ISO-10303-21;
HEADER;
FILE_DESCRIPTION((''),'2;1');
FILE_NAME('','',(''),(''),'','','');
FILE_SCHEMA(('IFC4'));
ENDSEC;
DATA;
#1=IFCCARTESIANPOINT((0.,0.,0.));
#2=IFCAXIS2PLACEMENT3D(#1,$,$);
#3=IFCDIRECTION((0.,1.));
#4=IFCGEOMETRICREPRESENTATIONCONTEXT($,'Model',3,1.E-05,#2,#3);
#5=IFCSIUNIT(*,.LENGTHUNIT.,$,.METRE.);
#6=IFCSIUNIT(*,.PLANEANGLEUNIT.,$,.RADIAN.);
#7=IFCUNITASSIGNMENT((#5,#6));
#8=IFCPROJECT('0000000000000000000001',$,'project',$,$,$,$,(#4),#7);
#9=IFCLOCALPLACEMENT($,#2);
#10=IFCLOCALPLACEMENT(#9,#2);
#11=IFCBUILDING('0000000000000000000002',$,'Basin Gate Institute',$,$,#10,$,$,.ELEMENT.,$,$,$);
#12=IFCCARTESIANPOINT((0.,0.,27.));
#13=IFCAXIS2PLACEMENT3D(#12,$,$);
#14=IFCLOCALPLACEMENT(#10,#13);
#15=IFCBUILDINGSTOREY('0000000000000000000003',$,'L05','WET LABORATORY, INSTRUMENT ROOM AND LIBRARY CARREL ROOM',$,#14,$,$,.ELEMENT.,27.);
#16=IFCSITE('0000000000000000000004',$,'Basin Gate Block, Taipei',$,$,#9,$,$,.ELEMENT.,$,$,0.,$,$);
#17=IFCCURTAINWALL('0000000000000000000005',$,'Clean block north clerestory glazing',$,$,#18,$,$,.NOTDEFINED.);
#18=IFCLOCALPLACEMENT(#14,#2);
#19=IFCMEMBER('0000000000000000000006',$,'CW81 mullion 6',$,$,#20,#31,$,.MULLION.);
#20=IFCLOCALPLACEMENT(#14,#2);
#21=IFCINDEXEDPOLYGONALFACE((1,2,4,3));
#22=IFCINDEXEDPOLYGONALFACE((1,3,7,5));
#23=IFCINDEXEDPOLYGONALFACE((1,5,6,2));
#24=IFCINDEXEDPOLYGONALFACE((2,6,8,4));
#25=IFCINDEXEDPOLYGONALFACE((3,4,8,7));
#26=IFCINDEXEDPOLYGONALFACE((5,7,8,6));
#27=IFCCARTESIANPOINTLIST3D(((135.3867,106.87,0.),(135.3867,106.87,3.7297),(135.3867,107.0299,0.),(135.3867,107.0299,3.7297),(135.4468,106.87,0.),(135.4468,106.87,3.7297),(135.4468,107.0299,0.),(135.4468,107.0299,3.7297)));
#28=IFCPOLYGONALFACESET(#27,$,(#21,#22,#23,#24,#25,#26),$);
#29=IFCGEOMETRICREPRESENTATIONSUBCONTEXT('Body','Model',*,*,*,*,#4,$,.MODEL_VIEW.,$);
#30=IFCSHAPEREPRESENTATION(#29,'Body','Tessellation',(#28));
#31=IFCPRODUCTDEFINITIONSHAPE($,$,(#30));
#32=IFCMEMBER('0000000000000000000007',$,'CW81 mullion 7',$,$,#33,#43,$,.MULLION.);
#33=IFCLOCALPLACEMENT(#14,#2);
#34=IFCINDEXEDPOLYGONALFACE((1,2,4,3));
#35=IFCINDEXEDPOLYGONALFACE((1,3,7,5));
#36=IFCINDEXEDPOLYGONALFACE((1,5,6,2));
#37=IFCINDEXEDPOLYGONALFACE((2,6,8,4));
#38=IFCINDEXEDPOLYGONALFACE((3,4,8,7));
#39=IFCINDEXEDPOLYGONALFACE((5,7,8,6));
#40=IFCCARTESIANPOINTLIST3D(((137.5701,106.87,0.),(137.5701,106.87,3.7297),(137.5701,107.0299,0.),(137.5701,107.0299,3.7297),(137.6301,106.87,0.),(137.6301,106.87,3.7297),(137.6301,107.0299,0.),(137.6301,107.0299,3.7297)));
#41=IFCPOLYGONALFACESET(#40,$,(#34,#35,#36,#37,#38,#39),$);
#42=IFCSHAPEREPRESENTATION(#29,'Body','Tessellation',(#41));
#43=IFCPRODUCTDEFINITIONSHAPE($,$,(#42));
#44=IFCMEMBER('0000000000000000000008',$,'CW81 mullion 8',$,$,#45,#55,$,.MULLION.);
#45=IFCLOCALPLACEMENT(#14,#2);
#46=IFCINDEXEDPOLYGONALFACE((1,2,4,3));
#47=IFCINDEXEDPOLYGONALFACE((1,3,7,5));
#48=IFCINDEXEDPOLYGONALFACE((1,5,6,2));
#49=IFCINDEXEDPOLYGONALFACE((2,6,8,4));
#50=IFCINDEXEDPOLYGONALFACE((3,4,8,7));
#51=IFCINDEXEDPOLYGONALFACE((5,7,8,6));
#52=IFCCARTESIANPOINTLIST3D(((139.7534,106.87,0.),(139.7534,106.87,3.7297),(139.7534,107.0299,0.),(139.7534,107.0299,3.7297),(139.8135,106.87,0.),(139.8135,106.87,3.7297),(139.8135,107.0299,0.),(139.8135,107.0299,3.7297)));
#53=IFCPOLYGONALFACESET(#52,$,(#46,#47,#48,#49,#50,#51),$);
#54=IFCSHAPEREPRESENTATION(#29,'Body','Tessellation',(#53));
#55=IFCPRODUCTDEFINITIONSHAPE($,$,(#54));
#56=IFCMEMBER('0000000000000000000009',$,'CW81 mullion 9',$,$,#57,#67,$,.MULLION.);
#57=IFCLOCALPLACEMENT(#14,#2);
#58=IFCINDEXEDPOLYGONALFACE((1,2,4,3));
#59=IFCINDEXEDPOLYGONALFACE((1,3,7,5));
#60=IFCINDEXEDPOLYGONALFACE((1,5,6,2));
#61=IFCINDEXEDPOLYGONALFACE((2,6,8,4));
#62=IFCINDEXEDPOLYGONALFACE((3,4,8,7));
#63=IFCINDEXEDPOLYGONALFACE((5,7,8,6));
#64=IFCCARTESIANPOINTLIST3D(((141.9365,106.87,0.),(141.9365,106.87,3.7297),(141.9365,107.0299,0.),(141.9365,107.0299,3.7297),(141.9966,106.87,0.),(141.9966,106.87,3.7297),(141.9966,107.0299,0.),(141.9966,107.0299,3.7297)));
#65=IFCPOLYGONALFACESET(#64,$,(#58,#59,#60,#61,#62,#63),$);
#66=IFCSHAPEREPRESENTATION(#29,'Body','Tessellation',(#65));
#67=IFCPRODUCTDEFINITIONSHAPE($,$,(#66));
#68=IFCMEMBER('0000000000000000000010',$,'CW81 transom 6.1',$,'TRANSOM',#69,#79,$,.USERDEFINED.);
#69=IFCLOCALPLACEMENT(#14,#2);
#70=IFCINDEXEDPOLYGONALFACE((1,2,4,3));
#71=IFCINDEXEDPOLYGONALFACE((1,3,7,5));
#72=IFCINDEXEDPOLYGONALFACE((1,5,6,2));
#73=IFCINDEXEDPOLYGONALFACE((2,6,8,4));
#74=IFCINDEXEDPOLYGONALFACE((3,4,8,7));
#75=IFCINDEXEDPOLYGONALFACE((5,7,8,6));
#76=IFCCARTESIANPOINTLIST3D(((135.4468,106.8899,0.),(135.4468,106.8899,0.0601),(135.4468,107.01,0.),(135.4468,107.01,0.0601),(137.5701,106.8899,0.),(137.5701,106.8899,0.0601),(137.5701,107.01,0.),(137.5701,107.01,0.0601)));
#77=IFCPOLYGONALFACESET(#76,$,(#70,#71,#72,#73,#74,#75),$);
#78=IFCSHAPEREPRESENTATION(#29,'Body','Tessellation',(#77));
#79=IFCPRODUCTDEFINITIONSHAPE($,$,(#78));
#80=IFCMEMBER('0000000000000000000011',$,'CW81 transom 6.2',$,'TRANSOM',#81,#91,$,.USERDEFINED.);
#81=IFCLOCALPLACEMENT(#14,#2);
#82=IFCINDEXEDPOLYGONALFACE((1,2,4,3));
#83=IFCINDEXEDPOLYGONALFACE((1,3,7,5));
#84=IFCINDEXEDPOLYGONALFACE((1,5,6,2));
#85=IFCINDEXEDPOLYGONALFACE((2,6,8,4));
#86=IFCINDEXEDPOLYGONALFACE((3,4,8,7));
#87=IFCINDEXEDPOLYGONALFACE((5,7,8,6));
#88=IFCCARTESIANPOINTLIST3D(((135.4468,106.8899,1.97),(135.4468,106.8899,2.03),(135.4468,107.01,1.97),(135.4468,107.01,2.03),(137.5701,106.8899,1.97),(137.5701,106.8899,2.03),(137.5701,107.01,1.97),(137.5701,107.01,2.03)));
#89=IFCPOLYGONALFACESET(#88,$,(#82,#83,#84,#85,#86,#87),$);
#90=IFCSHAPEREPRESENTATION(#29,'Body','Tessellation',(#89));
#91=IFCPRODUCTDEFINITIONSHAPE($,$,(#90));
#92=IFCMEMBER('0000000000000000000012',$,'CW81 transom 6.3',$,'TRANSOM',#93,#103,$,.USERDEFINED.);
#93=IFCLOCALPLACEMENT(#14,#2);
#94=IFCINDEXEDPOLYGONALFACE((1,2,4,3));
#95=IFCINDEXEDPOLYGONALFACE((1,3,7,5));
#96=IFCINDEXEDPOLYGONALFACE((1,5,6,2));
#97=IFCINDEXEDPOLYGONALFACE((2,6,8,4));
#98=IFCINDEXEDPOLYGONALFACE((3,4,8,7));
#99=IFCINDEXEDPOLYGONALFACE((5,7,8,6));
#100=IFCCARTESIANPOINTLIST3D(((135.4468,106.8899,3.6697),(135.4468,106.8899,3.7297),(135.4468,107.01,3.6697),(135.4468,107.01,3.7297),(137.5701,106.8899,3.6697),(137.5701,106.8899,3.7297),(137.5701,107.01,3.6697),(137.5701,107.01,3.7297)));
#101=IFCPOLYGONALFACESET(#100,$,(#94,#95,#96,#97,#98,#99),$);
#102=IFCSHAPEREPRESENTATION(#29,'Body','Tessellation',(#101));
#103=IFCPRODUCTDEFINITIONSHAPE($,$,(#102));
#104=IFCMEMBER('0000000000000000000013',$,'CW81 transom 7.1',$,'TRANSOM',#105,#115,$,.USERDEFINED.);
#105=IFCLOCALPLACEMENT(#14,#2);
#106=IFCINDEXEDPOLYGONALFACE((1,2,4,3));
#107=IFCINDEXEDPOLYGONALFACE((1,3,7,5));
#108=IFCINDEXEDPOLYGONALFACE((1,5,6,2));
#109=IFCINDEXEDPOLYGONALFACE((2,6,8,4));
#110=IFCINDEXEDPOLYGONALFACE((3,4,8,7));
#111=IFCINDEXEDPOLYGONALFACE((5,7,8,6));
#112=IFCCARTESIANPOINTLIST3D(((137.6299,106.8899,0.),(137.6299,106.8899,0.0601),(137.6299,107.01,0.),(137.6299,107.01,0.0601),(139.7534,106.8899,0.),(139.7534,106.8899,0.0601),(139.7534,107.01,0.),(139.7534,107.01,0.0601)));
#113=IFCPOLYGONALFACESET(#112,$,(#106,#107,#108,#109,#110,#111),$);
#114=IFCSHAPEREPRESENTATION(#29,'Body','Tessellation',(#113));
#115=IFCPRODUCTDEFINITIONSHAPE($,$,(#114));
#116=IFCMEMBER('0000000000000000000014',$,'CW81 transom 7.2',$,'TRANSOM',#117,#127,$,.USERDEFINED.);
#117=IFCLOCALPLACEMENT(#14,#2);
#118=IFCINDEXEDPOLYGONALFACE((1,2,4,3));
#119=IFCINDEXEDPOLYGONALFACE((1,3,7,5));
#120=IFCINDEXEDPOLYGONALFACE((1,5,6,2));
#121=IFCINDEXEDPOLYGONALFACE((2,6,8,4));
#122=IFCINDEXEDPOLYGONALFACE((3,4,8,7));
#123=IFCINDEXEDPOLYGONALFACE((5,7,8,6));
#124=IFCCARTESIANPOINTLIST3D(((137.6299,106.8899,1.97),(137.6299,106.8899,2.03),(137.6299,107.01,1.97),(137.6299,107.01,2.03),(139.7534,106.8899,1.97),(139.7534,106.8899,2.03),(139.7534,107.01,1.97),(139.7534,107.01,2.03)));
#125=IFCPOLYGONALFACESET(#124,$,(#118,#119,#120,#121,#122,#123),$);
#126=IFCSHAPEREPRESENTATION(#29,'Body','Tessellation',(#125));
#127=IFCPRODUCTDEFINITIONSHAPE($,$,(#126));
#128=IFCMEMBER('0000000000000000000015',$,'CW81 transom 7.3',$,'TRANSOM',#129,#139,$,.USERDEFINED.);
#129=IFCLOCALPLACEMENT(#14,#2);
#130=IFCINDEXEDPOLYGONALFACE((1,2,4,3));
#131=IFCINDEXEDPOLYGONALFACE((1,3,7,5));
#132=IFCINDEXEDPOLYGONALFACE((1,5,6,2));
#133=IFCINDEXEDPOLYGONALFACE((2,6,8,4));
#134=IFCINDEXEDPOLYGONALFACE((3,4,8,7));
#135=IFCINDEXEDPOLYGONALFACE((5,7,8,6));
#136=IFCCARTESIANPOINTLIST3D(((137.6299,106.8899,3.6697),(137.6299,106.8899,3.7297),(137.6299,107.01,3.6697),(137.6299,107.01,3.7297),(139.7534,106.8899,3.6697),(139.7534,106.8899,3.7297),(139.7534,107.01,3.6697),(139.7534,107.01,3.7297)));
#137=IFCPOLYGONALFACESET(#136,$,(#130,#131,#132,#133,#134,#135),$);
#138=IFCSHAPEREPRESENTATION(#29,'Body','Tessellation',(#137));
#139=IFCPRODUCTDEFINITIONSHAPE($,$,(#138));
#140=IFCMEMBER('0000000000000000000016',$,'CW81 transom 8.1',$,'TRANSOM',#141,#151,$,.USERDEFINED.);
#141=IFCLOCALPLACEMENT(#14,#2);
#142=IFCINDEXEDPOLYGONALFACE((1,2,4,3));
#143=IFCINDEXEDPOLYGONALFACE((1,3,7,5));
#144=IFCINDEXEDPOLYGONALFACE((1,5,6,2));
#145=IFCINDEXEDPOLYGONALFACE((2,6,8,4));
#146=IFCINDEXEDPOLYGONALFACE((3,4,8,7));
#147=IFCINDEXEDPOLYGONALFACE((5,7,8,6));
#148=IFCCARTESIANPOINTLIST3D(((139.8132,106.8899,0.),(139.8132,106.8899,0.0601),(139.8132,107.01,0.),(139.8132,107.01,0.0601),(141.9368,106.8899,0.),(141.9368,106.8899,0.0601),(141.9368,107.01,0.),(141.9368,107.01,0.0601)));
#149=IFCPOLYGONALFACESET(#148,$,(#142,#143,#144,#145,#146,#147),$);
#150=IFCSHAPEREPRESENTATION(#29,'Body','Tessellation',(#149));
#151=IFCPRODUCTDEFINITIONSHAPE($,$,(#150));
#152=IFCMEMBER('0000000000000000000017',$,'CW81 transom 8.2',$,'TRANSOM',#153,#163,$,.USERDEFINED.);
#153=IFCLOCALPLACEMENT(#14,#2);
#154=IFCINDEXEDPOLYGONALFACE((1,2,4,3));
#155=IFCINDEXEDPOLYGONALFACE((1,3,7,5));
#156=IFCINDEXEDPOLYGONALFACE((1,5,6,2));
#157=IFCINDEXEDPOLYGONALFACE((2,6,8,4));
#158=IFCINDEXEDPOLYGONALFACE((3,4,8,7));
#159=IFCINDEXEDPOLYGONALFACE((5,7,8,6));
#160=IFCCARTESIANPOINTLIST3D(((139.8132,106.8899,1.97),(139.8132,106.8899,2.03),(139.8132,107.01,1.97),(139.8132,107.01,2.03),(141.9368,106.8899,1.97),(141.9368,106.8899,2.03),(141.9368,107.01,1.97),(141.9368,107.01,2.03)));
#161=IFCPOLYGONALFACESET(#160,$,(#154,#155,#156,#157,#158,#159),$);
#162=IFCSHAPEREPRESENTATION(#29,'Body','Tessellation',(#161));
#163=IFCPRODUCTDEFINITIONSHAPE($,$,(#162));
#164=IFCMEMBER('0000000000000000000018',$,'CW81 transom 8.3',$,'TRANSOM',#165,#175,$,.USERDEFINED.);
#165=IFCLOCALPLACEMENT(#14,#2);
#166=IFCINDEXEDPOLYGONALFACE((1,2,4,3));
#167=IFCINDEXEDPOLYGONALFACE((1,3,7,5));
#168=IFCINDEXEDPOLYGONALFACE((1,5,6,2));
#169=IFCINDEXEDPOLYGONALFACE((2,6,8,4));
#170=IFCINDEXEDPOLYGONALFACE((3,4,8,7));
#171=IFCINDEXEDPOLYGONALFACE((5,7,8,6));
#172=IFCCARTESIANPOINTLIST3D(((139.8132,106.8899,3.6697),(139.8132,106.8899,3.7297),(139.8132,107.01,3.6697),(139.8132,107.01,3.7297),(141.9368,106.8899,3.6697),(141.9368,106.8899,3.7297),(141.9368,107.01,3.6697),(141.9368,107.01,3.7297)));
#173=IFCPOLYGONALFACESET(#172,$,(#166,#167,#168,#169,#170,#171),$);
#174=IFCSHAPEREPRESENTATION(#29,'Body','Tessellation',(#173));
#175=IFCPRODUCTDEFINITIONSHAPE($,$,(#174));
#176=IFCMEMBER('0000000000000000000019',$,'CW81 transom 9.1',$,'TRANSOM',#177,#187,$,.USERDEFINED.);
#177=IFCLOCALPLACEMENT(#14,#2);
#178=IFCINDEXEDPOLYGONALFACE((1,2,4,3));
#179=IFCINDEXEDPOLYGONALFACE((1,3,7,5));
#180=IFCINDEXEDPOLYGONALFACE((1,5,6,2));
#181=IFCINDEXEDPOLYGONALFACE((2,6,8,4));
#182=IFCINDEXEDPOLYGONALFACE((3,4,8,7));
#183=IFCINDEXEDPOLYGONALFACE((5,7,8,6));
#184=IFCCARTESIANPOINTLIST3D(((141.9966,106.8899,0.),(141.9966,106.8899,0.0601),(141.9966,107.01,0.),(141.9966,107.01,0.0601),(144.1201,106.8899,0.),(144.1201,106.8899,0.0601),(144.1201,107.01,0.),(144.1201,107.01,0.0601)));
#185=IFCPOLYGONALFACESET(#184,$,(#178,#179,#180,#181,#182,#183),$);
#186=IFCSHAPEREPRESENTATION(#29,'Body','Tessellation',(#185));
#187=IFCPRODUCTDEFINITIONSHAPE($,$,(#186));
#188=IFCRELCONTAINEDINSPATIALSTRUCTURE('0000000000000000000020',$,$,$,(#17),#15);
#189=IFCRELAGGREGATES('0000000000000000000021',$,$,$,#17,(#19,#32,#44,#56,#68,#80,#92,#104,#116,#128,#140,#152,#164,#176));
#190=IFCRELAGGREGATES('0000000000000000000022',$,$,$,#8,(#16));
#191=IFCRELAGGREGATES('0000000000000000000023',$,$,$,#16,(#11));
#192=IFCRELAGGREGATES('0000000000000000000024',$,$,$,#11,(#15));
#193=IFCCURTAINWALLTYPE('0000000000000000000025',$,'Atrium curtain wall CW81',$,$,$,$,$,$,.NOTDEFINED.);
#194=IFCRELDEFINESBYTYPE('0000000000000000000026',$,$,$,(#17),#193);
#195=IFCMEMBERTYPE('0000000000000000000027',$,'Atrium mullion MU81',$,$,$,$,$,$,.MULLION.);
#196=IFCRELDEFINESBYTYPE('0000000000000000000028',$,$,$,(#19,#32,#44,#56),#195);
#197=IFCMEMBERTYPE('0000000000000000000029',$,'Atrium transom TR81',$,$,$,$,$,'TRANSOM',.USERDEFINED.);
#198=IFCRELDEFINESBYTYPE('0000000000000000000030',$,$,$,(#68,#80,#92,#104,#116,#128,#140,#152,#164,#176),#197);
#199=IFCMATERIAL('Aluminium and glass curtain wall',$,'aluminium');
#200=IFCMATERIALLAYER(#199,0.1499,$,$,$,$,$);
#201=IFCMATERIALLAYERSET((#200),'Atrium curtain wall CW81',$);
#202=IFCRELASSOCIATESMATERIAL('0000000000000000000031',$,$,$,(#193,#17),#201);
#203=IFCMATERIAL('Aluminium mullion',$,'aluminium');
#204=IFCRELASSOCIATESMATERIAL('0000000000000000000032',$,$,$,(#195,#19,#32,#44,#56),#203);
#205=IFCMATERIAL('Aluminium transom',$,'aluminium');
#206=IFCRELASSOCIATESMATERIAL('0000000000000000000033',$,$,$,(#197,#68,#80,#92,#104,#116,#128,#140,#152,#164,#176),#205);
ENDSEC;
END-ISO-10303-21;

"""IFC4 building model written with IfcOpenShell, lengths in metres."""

from ifc_helpers import new_model, si_unit, direction, frame, origin, origin_2d, place, context, subcontext, project, spatial, rectangle, extrude, material, layer, layer_set, material_profile, profile_set, type_object, element, aggregate, save


model = new_model("IFC4")

# Units and contexts
model_context = context("Model", 3, precision=1e-05, world=origin(), true_north=direction((0.0, 1.0)))
body_context = subcontext(model_context, "Body", "Model", "MODEL_VIEW")
ifc_project = project(units=[si_unit("LENGTHUNIT", "METRE"), si_unit("PLANEANGLEUNIT", "RADIAN")], contexts=[model_context])

# Site, building, storey
site_placement = place(None, origin())
site = spatial("IfcSite", under=ifc_project, at=site_placement, Name="Basin Gate Block, Taipei", CompositionType="ELEMENT", RefElevation=0.0)
building_placement = place(site_placement, origin())
building = spatial("IfcBuilding", under=site, at=building_placement, Name="Basin Gate Institute", CompositionType="ELEMENT")
storey_placement = place(building_placement, frame((0.0, 0.0, 27.0)))
storey = spatial("IfcBuildingStorey", under=building, at=storey_placement, Name="L05", Description="WET LABORATORY, INSTRUMENT ROOM AND LIBRARY CARREL ROOM", CompositionType="ELEMENT", Elevation=27.0)

# Curtain wall, members
ifc_material_1 = material(Name="Aluminium and glass curtain wall", Category="aluminium")
ifc_layer_1 = layer(ifc_material_1, 0.1499)
ifc_layer_set_1 = layer_set([ifc_layer_1], Name="Atrium curtain wall CW81")
curtain_wall_type = type_object("IfcCurtainWallType", Name="Atrium curtain wall CW81", PredefinedType="NOTDEFINED", material=ifc_layer_set_1)
curtain_wall_placement = place(storey_placement, origin())
curtain_wall = element("IfcCurtainWall", 1, at=curtain_wall_placement, inside=storey, type_object=curtain_wall_type, material=ifc_layer_set_1, Name="Clean block north clerestory glazing", PredefinedType="NOTDEFINED")
ifc_material_2 = material(Name="Aluminium mullion", Category="aluminium")
ifc_material_profile_1 = material_profile(ifc_material_2, rectangle(XDim=0.1599, YDim=0.0601, at=origin_2d()), Name="Atrium mullion MU81 160 x 60")
ifc_profile_set_1 = profile_set([ifc_material_profile_1], Name="Aluminium mullion")
member_type_1 = type_object("IfcMemberType", Name="Atrium mullion MU81", PredefinedType="MULLION", material=ifc_profile_set_1)
member_1_placement = place(storey_placement, frame((135.4167, 106.95, 0.0), z_axis=(0.0, 0.0, 1.0), x_axis=(0.0, 1.0, 0.0)))
member_1 = element("IfcMember", 2, at=member_1_placement, type_object=member_type_1, material=ifc_profile_set_1, Name="CW81 mullion 6", PredefinedType="MULLION", context=body_context, shape_type="SweptSolid", body=[
    extrude(rectangle(XDim=0.1599, YDim=0.0601, at=origin_2d()), origin(), (0.0, 0.0, 1.0), 3.7297),
])
member_2_placement = place(storey_placement, frame((137.6001, 106.95, 0.0), z_axis=(0.0, 0.0, 1.0), x_axis=(0.0, 1.0, 0.0)))
member_2 = element("IfcMember", 3, at=member_2_placement, type_object=member_type_1, material=ifc_profile_set_1, Name="CW81 mullion 7", PredefinedType="MULLION", context=body_context, shape_type="SweptSolid", body=[
    extrude(rectangle(XDim=0.1599, YDim=0.0601, at=origin_2d()), origin(), (0.0, 0.0, 1.0), 3.7297),
])
member_3_placement = place(storey_placement, frame((139.7834, 106.95, 0.0), z_axis=(0.0, 0.0, 1.0), x_axis=(0.0, 1.0, 0.0)))
member_3 = element("IfcMember", 4, at=member_3_placement, type_object=member_type_1, material=ifc_profile_set_1, Name="CW81 mullion 8", PredefinedType="MULLION", context=body_context, shape_type="SweptSolid", body=[
    extrude(rectangle(XDim=0.1599, YDim=0.0601, at=origin_2d()), origin(), (0.0, 0.0, 1.0), 3.7297),
])
member_4_placement = place(storey_placement, frame((141.9666, 106.95, 0.0), z_axis=(0.0, 0.0, 1.0), x_axis=(0.0, 1.0, 0.0)))
member_4 = element("IfcMember", 5, at=member_4_placement, type_object=member_type_1, material=ifc_profile_set_1, Name="CW81 mullion 9", PredefinedType="MULLION", context=body_context, shape_type="SweptSolid", body=[
    extrude(rectangle(XDim=0.1599, YDim=0.0601, at=origin_2d()), origin(), (0.0, 0.0, 1.0), 3.7297),
])
ifc_material_3 = material(Name="Aluminium transom", Category="aluminium")
ifc_material_profile_2 = material_profile(ifc_material_3, rectangle(XDim=0.1201, YDim=0.0601, at=origin_2d()), Name="Atrium transom TR81 120 x 60")
ifc_profile_set_2 = profile_set([ifc_material_profile_2], Name="Aluminium transom")
member_type_2 = type_object("IfcMemberType", Name="Atrium transom TR81", ElementType="TRANSOM", PredefinedType="USERDEFINED", material=ifc_profile_set_2)
member_5_placement = place(storey_placement, frame((135.4468, 106.95, 0.03), z_axis=(1.0, 0.0, 0.0), x_axis=(0.0, 1.0, 0.0)))
member_5 = element("IfcMember", 6, at=member_5_placement, type_object=member_type_2, material=ifc_profile_set_2, Name="CW81 transom 6.1", ObjectType="TRANSOM", PredefinedType="USERDEFINED", context=body_context, shape_type="SweptSolid", body=[
    extrude(rectangle(XDim=0.1201, YDim=0.0601, at=origin_2d()), origin(), (0.0, 0.0, 1.0), 2.1233),
])
member_6_placement = place(storey_placement, frame((135.4468, 106.95, 2.0), z_axis=(1.0, 0.0, 0.0), x_axis=(0.0, 1.0, 0.0)))
member_6 = element("IfcMember", 7, at=member_6_placement, type_object=member_type_2, material=ifc_profile_set_2, Name="CW81 transom 6.2", ObjectType="TRANSOM", PredefinedType="USERDEFINED", context=body_context, shape_type="SweptSolid", body=[
    extrude(rectangle(XDim=0.1201, YDim=0.0601, at=origin_2d()), origin(), (0.0, 0.0, 1.0), 2.1233),
])
member_7_placement = place(storey_placement, frame((135.4468, 106.95, 3.6997), z_axis=(1.0, 0.0, 0.0), x_axis=(0.0, 1.0, 0.0)))
member_7 = element("IfcMember", 8, at=member_7_placement, type_object=member_type_2, material=ifc_profile_set_2, Name="CW81 transom 6.3", ObjectType="TRANSOM", PredefinedType="USERDEFINED", context=body_context, shape_type="SweptSolid", body=[
    extrude(rectangle(XDim=0.1201, YDim=0.0601, at=origin_2d()), origin(), (0.0, 0.0, 1.0), 2.1233),
])
member_8_placement = place(storey_placement, frame((137.6299, 106.95, 0.03), z_axis=(1.0, 0.0, 0.0), x_axis=(0.0, 1.0, 0.0)))
member_8 = element("IfcMember", 9, at=member_8_placement, type_object=member_type_2, material=ifc_profile_set_2, Name="CW81 transom 7.1", ObjectType="TRANSOM", PredefinedType="USERDEFINED", context=body_context, shape_type="SweptSolid", body=[
    extrude(rectangle(XDim=0.1201, YDim=0.0601, at=origin_2d()), origin(), (0.0, 0.0, 1.0), 2.1235),
])
member_9_placement = place(storey_placement, frame((137.6299, 106.95, 2.0), z_axis=(1.0, 0.0, 0.0), x_axis=(0.0, 1.0, 0.0)))
member_9 = element("IfcMember", 10, at=member_9_placement, type_object=member_type_2, material=ifc_profile_set_2, Name="CW81 transom 7.2", ObjectType="TRANSOM", PredefinedType="USERDEFINED", context=body_context, shape_type="SweptSolid", body=[
    extrude(rectangle(XDim=0.1201, YDim=0.0601, at=origin_2d()), origin(), (0.0, 0.0, 1.0), 2.1235),
])
member_10_placement = place(storey_placement, frame((137.6299, 106.95, 3.6997), z_axis=(1.0, 0.0, 0.0), x_axis=(0.0, 1.0, 0.0)))
member_10 = element("IfcMember", 11, at=member_10_placement, type_object=member_type_2, material=ifc_profile_set_2, Name="CW81 transom 7.3", ObjectType="TRANSOM", PredefinedType="USERDEFINED", context=body_context, shape_type="SweptSolid", body=[
    extrude(rectangle(XDim=0.1201, YDim=0.0601, at=origin_2d()), origin(), (0.0, 0.0, 1.0), 2.1235),
])
member_11_placement = place(storey_placement, frame((139.8132, 106.95, 0.03), z_axis=(1.0, 0.0, 0.0), x_axis=(0.0, 1.0, 0.0)))
member_11 = element("IfcMember", 12, at=member_11_placement, type_object=member_type_2, material=ifc_profile_set_2, Name="CW81 transom 8.1", ObjectType="TRANSOM", PredefinedType="USERDEFINED", context=body_context, shape_type="SweptSolid", body=[
    extrude(rectangle(XDim=0.1201, YDim=0.0601, at=origin_2d()), origin(), (0.0, 0.0, 1.0), 2.1235),
])
member_12_placement = place(storey_placement, frame((139.8132, 106.95, 2.0), z_axis=(1.0, 0.0, 0.0), x_axis=(0.0, 1.0, 0.0)))
member_12 = element("IfcMember", 13, at=member_12_placement, type_object=member_type_2, material=ifc_profile_set_2, Name="CW81 transom 8.2", ObjectType="TRANSOM", PredefinedType="USERDEFINED", context=body_context, shape_type="SweptSolid", body=[
    extrude(rectangle(XDim=0.1201, YDim=0.0601, at=origin_2d()), origin(), (0.0, 0.0, 1.0), 2.1235),
])
member_13_placement = place(storey_placement, frame((139.8132, 106.95, 3.6997), z_axis=(1.0, 0.0, 0.0), x_axis=(0.0, 1.0, 0.0)))
member_13 = element("IfcMember", 14, at=member_13_placement, type_object=member_type_2, material=ifc_profile_set_2, Name="CW81 transom 8.3", ObjectType="TRANSOM", PredefinedType="USERDEFINED", context=body_context, shape_type="SweptSolid", body=[
    extrude(rectangle(XDim=0.1201, YDim=0.0601, at=origin_2d()), origin(), (0.0, 0.0, 1.0), 2.1235),
])
member_14_placement = place(storey_placement, frame((141.9966, 106.95, 0.03), z_axis=(1.0, 0.0, 0.0), x_axis=(0.0, 1.0, 0.0)))
member_14 = element("IfcMember", 15, at=member_14_placement, type_object=member_type_2, material=ifc_profile_set_2, Name="CW81 transom 9.1", ObjectType="TRANSOM", PredefinedType="USERDEFINED", context=body_context, shape_type="SweptSolid", body=[
    extrude(rectangle(XDim=0.1201, YDim=0.0601, at=origin_2d()), origin(), (0.0, 0.0, 1.0), 2.1235),
])
aggregate(curtain_wall, [member_1, member_2, member_3, member_4, member_5, member_6, member_7, member_8, member_9, member_10, member_11, member_12, member_13, member_14])

save(model, "model.ifc")
